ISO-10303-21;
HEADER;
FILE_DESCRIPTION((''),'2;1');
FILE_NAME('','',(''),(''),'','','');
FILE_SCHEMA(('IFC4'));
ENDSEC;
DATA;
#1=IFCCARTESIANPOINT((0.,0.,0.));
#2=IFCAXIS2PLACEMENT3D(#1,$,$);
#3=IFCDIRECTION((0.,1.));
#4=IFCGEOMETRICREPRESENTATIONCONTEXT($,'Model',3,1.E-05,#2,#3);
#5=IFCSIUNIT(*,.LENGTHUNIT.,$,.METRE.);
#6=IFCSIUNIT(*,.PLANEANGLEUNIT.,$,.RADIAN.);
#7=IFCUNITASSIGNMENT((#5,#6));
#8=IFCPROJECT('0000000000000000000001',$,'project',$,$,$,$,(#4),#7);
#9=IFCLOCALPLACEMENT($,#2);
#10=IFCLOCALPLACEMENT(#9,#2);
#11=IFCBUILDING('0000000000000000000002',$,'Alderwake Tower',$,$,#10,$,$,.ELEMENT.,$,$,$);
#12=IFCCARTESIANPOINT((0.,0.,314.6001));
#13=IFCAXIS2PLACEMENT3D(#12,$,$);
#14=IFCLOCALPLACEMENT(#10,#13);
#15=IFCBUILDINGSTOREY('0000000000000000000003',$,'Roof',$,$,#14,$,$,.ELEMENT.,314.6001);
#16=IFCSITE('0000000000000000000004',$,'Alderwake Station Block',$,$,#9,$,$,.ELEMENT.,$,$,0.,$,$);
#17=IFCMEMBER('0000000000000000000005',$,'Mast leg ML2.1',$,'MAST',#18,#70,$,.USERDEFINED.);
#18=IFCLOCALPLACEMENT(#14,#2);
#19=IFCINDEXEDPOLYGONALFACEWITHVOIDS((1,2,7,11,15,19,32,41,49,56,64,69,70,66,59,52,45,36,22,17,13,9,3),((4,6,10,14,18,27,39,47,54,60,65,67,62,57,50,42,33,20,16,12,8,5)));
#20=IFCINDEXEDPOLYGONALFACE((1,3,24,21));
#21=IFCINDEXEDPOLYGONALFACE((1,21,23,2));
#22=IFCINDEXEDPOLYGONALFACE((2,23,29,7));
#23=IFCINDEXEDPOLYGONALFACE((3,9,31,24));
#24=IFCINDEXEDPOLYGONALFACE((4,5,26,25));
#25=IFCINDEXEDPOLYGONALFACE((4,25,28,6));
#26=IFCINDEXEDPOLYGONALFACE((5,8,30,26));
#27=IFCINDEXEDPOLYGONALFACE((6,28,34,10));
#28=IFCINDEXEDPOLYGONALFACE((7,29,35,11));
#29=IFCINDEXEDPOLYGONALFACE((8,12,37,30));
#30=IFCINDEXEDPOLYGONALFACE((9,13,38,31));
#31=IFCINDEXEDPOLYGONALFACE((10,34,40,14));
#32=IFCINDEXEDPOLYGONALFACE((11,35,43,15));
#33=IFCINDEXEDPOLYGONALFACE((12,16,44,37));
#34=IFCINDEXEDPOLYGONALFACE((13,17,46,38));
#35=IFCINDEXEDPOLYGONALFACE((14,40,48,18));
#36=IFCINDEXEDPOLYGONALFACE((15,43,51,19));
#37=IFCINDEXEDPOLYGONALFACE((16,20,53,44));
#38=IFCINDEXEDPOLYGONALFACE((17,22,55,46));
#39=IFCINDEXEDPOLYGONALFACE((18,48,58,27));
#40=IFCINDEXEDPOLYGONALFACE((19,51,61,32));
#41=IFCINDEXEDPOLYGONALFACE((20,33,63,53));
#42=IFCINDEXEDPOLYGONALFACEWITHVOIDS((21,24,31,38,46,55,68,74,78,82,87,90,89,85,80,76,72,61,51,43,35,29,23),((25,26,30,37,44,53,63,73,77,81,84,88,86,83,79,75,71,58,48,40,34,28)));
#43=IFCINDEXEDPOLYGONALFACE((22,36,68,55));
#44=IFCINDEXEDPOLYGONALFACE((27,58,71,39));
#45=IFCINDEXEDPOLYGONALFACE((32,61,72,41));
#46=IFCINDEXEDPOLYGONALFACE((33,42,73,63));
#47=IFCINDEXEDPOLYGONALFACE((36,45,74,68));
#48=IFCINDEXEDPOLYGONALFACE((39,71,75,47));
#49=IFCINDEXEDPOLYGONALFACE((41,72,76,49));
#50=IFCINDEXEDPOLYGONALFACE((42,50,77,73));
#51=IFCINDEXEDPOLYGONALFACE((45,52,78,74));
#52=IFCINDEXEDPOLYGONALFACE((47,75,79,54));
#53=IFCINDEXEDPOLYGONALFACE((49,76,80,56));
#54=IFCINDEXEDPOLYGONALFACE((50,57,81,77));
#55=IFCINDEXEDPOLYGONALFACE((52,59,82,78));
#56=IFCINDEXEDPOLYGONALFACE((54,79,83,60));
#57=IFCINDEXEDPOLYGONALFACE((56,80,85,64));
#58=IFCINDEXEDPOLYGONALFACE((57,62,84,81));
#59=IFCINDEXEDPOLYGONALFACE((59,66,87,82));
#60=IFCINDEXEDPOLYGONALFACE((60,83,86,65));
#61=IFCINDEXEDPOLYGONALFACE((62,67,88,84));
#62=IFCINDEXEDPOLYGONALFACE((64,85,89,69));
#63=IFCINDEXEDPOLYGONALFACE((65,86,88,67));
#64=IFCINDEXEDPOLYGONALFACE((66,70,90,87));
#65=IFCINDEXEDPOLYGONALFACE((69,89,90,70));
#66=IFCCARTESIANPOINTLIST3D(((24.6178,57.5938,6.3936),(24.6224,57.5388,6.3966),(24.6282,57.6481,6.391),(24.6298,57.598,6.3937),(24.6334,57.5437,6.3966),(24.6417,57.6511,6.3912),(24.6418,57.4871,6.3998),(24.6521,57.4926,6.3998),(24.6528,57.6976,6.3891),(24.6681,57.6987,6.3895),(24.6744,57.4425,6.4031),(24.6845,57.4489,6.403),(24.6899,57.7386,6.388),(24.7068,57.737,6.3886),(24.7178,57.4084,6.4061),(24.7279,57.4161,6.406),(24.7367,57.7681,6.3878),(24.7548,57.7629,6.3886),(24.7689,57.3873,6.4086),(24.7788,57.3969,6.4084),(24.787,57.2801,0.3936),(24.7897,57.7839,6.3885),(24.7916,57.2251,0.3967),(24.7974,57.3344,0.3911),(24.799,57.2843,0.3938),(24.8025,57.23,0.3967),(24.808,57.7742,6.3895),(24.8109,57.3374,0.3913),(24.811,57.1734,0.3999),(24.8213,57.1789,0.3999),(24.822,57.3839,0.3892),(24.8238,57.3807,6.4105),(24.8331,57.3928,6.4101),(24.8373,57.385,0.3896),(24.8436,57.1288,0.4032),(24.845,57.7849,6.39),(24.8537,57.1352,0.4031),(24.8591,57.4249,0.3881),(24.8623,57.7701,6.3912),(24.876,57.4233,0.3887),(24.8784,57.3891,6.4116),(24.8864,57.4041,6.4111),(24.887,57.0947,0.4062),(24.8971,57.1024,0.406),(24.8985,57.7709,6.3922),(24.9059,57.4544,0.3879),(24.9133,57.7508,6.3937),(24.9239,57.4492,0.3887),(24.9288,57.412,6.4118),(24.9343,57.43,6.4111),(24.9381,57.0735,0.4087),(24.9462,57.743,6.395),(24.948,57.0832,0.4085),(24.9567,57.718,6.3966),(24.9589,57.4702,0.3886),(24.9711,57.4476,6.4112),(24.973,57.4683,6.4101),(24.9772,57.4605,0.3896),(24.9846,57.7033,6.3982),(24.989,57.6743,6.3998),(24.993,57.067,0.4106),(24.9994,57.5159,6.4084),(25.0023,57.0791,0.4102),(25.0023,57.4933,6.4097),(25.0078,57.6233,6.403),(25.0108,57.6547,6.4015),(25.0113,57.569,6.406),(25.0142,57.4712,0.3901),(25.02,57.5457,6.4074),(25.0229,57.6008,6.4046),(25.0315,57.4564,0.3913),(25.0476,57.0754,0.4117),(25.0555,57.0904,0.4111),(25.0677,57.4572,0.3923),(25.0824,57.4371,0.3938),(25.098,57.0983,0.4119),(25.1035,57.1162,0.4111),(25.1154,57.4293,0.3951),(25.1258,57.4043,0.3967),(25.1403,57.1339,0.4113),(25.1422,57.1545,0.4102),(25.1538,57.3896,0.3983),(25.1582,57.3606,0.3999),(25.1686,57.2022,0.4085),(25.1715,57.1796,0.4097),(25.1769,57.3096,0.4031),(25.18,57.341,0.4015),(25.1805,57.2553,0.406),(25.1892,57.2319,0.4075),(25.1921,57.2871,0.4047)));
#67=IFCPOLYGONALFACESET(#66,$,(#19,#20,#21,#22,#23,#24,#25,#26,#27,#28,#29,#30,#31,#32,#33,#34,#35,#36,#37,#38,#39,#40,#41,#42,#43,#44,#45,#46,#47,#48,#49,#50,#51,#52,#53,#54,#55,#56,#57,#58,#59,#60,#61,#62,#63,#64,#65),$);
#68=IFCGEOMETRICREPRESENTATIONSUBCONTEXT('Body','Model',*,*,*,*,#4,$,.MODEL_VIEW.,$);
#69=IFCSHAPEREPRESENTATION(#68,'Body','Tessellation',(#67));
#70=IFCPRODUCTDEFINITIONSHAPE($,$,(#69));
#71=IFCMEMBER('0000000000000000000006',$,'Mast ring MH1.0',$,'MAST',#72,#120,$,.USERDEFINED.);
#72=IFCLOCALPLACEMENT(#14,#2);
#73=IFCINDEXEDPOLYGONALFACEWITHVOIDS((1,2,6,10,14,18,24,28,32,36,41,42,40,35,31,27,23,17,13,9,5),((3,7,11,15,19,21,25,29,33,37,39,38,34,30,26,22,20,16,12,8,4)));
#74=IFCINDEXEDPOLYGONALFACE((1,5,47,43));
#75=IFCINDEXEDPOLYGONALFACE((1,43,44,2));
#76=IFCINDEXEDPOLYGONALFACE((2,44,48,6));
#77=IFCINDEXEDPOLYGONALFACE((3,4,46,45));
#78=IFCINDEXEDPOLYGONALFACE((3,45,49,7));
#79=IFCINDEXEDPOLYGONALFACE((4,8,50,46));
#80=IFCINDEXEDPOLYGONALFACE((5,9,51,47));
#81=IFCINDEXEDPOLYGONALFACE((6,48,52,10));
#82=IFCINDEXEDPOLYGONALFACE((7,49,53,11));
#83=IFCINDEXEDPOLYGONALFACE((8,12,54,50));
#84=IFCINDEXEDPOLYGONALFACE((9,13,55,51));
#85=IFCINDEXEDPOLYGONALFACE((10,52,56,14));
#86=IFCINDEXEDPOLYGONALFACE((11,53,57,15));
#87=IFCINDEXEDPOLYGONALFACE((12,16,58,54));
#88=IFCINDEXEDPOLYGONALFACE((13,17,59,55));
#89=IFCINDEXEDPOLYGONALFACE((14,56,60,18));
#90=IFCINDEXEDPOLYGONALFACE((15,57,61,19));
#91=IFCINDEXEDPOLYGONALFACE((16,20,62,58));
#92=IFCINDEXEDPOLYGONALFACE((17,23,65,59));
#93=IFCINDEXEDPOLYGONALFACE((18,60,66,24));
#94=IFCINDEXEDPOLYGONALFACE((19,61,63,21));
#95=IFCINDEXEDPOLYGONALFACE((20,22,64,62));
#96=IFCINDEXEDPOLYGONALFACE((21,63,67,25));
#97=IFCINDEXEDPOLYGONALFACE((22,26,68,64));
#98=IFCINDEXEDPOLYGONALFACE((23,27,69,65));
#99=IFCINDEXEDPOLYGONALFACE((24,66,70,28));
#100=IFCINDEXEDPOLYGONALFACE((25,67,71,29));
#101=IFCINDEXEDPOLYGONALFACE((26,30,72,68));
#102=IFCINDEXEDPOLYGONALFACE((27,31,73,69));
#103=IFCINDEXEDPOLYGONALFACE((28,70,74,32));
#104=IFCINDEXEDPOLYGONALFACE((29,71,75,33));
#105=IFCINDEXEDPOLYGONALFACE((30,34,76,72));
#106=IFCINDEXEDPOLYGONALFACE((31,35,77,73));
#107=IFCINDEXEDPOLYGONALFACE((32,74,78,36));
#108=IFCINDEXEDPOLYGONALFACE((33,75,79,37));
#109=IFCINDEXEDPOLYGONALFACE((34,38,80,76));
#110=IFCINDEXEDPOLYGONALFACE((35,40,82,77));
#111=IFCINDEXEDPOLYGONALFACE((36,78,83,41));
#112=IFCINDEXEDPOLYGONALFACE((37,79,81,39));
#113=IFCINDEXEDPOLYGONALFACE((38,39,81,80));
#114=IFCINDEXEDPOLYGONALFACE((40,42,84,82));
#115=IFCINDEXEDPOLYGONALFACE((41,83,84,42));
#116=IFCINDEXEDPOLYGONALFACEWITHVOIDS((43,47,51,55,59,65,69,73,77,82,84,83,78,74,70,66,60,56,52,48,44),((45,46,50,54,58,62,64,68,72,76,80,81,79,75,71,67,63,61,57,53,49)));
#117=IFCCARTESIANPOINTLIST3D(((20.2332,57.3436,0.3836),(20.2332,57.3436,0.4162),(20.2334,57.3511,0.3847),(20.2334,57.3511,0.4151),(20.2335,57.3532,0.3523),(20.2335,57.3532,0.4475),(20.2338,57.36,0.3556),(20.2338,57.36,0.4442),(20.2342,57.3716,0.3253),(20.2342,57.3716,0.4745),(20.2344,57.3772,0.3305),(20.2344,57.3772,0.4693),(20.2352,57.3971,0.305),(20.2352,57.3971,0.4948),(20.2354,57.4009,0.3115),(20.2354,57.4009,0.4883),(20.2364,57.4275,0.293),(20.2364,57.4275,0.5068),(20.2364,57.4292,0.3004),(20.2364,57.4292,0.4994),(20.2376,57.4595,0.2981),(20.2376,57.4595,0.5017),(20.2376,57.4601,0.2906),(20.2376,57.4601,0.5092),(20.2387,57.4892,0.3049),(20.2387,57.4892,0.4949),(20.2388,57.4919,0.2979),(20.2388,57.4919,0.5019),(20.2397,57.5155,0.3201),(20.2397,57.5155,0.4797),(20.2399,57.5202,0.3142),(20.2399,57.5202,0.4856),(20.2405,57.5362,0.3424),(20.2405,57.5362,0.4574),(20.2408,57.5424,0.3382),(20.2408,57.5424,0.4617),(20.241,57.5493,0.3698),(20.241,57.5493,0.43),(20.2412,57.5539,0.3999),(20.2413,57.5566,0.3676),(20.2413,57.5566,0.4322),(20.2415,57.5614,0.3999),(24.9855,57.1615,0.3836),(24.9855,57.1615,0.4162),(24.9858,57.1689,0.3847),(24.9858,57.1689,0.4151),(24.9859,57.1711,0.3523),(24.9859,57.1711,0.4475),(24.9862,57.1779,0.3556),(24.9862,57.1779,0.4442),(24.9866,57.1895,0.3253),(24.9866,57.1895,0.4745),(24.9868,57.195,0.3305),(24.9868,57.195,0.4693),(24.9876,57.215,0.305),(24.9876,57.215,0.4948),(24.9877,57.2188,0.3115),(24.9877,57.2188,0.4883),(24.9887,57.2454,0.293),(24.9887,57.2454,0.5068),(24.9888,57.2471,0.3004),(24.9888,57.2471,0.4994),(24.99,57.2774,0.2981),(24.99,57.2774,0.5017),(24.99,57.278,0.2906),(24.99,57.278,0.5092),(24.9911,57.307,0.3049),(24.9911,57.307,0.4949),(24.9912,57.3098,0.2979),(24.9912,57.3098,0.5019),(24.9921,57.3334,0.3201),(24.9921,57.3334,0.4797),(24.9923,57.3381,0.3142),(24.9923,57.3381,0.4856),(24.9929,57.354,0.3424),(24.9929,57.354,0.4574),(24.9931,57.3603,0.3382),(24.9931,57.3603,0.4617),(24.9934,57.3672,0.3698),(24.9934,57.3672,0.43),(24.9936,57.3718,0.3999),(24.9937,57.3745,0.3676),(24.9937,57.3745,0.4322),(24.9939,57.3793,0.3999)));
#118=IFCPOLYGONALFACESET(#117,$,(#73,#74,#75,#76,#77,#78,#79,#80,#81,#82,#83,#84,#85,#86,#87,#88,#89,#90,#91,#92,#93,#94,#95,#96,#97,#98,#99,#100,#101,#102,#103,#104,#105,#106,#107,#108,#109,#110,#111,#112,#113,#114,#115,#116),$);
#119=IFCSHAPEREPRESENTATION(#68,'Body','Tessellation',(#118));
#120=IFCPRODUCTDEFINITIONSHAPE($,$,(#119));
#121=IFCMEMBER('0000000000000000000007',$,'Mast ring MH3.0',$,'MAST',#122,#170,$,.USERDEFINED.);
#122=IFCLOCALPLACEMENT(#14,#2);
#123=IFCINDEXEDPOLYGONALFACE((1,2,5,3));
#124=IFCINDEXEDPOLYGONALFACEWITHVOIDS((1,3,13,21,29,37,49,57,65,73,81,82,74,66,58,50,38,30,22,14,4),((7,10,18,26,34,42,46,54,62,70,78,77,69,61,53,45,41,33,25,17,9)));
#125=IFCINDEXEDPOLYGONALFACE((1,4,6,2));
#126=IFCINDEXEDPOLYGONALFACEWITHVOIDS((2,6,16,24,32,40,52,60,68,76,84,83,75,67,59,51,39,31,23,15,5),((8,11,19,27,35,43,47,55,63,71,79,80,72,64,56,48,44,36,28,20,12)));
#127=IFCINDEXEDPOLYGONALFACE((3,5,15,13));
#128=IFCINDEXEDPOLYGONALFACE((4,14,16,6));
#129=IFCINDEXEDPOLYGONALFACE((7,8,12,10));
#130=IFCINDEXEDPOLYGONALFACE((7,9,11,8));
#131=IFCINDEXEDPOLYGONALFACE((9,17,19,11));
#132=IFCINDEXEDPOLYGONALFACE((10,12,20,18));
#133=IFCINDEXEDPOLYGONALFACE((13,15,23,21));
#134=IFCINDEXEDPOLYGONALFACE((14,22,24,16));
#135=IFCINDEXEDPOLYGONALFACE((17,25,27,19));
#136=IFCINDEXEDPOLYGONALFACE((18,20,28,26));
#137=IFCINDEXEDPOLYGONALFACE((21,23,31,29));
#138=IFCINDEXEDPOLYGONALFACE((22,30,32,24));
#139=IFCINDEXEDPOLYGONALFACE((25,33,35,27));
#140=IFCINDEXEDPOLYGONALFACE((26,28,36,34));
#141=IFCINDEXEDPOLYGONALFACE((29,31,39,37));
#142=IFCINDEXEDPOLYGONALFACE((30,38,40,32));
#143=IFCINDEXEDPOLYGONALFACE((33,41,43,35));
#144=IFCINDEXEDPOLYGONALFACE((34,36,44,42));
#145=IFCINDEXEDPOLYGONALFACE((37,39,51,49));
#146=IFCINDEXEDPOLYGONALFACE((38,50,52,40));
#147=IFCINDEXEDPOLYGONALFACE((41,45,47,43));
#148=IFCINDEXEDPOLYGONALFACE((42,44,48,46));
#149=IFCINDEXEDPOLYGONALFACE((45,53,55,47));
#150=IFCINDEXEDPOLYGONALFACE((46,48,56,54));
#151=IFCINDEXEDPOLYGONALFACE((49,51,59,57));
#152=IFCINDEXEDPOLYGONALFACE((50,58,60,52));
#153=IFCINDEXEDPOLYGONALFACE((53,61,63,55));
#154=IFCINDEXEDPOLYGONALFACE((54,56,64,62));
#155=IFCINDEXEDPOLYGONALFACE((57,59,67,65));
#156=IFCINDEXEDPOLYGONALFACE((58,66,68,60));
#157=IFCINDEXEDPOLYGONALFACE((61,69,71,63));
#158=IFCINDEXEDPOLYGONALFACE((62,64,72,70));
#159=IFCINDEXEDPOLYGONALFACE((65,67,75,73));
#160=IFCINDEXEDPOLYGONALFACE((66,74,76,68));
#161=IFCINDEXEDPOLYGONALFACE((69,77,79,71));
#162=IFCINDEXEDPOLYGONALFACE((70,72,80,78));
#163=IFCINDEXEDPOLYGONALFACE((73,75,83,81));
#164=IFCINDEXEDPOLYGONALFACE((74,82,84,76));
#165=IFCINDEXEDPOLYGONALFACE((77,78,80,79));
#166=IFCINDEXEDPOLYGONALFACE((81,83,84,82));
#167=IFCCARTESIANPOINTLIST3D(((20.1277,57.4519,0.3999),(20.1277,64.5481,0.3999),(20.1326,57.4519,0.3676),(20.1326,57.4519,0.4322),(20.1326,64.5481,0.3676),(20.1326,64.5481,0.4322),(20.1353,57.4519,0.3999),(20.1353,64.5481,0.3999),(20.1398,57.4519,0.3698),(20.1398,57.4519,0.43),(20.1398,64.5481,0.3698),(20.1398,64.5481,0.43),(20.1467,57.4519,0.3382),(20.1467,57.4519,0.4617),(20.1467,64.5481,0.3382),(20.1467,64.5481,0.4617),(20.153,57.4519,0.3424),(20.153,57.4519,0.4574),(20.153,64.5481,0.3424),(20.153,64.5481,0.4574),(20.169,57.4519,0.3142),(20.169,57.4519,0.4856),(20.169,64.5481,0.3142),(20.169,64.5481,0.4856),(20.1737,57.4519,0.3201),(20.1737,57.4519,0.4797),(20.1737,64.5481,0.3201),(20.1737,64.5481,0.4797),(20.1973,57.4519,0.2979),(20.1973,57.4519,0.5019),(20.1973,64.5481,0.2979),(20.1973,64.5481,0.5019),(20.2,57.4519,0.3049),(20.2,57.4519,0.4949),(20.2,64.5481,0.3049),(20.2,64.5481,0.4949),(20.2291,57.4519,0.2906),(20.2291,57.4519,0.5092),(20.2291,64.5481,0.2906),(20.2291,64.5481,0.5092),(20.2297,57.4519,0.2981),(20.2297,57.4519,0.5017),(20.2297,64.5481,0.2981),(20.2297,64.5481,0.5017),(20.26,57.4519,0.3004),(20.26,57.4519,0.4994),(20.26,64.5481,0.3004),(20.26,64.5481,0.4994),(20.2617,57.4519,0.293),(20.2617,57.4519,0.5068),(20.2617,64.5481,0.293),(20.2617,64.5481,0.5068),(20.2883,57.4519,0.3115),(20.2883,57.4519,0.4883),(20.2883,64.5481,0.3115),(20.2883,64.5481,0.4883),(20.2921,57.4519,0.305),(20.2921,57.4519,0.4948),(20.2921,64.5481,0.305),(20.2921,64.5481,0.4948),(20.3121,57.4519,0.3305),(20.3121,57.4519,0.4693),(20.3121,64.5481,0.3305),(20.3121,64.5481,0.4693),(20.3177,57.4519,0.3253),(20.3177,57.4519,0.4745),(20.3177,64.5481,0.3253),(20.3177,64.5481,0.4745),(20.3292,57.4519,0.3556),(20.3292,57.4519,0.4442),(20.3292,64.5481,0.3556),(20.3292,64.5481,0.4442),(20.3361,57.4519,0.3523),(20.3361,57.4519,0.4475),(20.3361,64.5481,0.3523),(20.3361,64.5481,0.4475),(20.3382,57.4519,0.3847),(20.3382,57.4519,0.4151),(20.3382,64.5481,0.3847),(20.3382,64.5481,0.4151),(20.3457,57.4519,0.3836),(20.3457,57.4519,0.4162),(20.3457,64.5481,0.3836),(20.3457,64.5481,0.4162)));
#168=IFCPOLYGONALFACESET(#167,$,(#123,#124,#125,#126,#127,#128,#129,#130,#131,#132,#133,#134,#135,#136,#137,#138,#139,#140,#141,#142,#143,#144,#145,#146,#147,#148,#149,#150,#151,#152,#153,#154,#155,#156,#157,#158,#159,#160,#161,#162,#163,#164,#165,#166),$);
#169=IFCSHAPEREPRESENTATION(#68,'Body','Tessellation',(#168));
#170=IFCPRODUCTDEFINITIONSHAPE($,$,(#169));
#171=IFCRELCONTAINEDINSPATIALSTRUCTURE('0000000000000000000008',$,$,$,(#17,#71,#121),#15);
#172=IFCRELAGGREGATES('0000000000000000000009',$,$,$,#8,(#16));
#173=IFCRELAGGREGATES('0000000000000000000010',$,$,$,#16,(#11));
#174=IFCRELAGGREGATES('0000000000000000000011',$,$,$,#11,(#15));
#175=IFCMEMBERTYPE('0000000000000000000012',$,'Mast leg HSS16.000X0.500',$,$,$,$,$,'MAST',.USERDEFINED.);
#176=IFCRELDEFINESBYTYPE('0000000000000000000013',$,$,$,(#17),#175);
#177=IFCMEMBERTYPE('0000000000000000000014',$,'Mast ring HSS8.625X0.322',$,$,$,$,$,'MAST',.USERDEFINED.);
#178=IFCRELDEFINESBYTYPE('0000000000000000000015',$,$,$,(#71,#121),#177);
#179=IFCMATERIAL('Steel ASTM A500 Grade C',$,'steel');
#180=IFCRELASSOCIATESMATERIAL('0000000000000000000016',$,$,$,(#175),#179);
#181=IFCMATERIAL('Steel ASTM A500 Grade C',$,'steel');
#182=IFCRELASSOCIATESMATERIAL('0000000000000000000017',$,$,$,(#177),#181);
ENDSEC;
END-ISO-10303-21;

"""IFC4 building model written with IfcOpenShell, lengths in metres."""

from ifc_helpers import new_model, si_unit, direction, frame, origin, origin_2d, place, context, subcontext, project, spatial, hollow_circle, extrude, material, material_profile, profile_set, type_object, element, save


model = new_model("IFC4")

# Units and contexts
model_context = context("Model", 3, precision=1e-05, world=origin(), true_north=direction((0.0, 1.0)))
body_context = subcontext(model_context, "Body", "Model", "MODEL_VIEW")
ifc_project = project(units=[si_unit("LENGTHUNIT", "METRE"), si_unit("PLANEANGLEUNIT", "RADIAN")], contexts=[model_context])

# Site, building, storey
site_placement = place(None, origin())
site = spatial("IfcSite", under=ifc_project, at=site_placement, Name="Alderwake Station Block", CompositionType="ELEMENT", RefElevation=0.0)
building_placement = place(site_placement, origin())
building = spatial("IfcBuilding", under=site, at=building_placement, Name="Alderwake Tower", CompositionType="ELEMENT")
storey_placement = place(building_placement, frame((0.0, 0.0, 314.6001)))
storey = spatial("IfcBuildingStorey", under=building, at=storey_placement, Name="Roof", CompositionType="ELEMENT", Elevation=314.6001)

# Members
ifc_material_1 = material(Name="Steel ASTM A500 Grade C", Category="steel")
ifc_material_profile_1 = material_profile(ifc_material_1, hollow_circle(Radius=0.2031, WallThickness=0.0117, at=origin_2d()), Name="HSS16.000X0.500")
ifc_profile_set_1 = profile_set([ifc_material_profile_1], Name="Steel ASTM A500 Grade C")
member_type_1 = type_object("IfcMemberType", Name="Mast leg HSS16.000X0.500", ElementType="MAST", PredefinedType="USERDEFINED", material=ifc_profile_set_1)
member_1_placement = place(storey_placement, frame((24.9897, 57.2698, 0.3999), z_axis=(-0.028149, 0.052195, 0.99824), x_axis=(-0.880163, -0.474672, 0.0)))
element("IfcMember", 1, at=member_1_placement, inside=storey, type_object=member_type_1, Name="Mast leg ML2.1", ObjectType="MAST", PredefinedType="USERDEFINED", context=body_context, shape_type="SweptSolid", body=[
    extrude(hollow_circle(Radius=0.2031, WallThickness=0.0117, at=origin_2d()), origin(), (0.0, 0.0, 1.0), 6.0105),
])
ifc_material_2 = material(Name="Steel ASTM A500 Grade C", Category="steel")
ifc_material_profile_2 = material_profile(ifc_material_2, hollow_circle(Radius=0.1096, WallThickness=0.0076, at=origin_2d()), Name="HSS8.625X0.322")
ifc_profile_set_2 = profile_set([ifc_material_profile_2], Name="Steel ASTM A500 Grade C")
member_type_2 = type_object("IfcMemberType", Name="Mast ring HSS8.625X0.322", ElementType="MAST", PredefinedType="USERDEFINED", material=ifc_profile_set_2)
member_2_placement = place(storey_placement, frame((20.2373, 57.4519, 0.3999), z_axis=(0.999266, -0.038295, 0.0), x_axis=(0.038295, 0.999266, 0.0)))
element("IfcMember", 2, at=member_2_placement, inside=storey, type_object=member_type_2, Name="Mast ring MH1.0", ObjectType="MAST", PredefinedType="USERDEFINED", context=body_context, shape_type="SweptSolid", body=[
    extrude(hollow_circle(Radius=0.1096, WallThickness=0.0076, at=origin_2d()), origin(), (0.0, 0.0, 1.0), 4.7559),
])
member_3_placement = place(storey_placement, frame((20.2373, 57.4519, 0.3999), z_axis=(0.0, 1.0, 0.0), x_axis=(-1.0, 0.0, 0.0)))
element("IfcMember", 3, at=member_3_placement, inside=storey, type_object=member_type_2, Name="Mast ring MH3.0", ObjectType="MAST", PredefinedType="USERDEFINED", context=body_context, shape_type="SweptSolid", body=[
    extrude(hollow_circle(Radius=0.1096, WallThickness=0.0076, at=origin_2d()), origin(), (0.0, 0.0, 1.0), 7.0962),
])

save(model, "model.ifc")
